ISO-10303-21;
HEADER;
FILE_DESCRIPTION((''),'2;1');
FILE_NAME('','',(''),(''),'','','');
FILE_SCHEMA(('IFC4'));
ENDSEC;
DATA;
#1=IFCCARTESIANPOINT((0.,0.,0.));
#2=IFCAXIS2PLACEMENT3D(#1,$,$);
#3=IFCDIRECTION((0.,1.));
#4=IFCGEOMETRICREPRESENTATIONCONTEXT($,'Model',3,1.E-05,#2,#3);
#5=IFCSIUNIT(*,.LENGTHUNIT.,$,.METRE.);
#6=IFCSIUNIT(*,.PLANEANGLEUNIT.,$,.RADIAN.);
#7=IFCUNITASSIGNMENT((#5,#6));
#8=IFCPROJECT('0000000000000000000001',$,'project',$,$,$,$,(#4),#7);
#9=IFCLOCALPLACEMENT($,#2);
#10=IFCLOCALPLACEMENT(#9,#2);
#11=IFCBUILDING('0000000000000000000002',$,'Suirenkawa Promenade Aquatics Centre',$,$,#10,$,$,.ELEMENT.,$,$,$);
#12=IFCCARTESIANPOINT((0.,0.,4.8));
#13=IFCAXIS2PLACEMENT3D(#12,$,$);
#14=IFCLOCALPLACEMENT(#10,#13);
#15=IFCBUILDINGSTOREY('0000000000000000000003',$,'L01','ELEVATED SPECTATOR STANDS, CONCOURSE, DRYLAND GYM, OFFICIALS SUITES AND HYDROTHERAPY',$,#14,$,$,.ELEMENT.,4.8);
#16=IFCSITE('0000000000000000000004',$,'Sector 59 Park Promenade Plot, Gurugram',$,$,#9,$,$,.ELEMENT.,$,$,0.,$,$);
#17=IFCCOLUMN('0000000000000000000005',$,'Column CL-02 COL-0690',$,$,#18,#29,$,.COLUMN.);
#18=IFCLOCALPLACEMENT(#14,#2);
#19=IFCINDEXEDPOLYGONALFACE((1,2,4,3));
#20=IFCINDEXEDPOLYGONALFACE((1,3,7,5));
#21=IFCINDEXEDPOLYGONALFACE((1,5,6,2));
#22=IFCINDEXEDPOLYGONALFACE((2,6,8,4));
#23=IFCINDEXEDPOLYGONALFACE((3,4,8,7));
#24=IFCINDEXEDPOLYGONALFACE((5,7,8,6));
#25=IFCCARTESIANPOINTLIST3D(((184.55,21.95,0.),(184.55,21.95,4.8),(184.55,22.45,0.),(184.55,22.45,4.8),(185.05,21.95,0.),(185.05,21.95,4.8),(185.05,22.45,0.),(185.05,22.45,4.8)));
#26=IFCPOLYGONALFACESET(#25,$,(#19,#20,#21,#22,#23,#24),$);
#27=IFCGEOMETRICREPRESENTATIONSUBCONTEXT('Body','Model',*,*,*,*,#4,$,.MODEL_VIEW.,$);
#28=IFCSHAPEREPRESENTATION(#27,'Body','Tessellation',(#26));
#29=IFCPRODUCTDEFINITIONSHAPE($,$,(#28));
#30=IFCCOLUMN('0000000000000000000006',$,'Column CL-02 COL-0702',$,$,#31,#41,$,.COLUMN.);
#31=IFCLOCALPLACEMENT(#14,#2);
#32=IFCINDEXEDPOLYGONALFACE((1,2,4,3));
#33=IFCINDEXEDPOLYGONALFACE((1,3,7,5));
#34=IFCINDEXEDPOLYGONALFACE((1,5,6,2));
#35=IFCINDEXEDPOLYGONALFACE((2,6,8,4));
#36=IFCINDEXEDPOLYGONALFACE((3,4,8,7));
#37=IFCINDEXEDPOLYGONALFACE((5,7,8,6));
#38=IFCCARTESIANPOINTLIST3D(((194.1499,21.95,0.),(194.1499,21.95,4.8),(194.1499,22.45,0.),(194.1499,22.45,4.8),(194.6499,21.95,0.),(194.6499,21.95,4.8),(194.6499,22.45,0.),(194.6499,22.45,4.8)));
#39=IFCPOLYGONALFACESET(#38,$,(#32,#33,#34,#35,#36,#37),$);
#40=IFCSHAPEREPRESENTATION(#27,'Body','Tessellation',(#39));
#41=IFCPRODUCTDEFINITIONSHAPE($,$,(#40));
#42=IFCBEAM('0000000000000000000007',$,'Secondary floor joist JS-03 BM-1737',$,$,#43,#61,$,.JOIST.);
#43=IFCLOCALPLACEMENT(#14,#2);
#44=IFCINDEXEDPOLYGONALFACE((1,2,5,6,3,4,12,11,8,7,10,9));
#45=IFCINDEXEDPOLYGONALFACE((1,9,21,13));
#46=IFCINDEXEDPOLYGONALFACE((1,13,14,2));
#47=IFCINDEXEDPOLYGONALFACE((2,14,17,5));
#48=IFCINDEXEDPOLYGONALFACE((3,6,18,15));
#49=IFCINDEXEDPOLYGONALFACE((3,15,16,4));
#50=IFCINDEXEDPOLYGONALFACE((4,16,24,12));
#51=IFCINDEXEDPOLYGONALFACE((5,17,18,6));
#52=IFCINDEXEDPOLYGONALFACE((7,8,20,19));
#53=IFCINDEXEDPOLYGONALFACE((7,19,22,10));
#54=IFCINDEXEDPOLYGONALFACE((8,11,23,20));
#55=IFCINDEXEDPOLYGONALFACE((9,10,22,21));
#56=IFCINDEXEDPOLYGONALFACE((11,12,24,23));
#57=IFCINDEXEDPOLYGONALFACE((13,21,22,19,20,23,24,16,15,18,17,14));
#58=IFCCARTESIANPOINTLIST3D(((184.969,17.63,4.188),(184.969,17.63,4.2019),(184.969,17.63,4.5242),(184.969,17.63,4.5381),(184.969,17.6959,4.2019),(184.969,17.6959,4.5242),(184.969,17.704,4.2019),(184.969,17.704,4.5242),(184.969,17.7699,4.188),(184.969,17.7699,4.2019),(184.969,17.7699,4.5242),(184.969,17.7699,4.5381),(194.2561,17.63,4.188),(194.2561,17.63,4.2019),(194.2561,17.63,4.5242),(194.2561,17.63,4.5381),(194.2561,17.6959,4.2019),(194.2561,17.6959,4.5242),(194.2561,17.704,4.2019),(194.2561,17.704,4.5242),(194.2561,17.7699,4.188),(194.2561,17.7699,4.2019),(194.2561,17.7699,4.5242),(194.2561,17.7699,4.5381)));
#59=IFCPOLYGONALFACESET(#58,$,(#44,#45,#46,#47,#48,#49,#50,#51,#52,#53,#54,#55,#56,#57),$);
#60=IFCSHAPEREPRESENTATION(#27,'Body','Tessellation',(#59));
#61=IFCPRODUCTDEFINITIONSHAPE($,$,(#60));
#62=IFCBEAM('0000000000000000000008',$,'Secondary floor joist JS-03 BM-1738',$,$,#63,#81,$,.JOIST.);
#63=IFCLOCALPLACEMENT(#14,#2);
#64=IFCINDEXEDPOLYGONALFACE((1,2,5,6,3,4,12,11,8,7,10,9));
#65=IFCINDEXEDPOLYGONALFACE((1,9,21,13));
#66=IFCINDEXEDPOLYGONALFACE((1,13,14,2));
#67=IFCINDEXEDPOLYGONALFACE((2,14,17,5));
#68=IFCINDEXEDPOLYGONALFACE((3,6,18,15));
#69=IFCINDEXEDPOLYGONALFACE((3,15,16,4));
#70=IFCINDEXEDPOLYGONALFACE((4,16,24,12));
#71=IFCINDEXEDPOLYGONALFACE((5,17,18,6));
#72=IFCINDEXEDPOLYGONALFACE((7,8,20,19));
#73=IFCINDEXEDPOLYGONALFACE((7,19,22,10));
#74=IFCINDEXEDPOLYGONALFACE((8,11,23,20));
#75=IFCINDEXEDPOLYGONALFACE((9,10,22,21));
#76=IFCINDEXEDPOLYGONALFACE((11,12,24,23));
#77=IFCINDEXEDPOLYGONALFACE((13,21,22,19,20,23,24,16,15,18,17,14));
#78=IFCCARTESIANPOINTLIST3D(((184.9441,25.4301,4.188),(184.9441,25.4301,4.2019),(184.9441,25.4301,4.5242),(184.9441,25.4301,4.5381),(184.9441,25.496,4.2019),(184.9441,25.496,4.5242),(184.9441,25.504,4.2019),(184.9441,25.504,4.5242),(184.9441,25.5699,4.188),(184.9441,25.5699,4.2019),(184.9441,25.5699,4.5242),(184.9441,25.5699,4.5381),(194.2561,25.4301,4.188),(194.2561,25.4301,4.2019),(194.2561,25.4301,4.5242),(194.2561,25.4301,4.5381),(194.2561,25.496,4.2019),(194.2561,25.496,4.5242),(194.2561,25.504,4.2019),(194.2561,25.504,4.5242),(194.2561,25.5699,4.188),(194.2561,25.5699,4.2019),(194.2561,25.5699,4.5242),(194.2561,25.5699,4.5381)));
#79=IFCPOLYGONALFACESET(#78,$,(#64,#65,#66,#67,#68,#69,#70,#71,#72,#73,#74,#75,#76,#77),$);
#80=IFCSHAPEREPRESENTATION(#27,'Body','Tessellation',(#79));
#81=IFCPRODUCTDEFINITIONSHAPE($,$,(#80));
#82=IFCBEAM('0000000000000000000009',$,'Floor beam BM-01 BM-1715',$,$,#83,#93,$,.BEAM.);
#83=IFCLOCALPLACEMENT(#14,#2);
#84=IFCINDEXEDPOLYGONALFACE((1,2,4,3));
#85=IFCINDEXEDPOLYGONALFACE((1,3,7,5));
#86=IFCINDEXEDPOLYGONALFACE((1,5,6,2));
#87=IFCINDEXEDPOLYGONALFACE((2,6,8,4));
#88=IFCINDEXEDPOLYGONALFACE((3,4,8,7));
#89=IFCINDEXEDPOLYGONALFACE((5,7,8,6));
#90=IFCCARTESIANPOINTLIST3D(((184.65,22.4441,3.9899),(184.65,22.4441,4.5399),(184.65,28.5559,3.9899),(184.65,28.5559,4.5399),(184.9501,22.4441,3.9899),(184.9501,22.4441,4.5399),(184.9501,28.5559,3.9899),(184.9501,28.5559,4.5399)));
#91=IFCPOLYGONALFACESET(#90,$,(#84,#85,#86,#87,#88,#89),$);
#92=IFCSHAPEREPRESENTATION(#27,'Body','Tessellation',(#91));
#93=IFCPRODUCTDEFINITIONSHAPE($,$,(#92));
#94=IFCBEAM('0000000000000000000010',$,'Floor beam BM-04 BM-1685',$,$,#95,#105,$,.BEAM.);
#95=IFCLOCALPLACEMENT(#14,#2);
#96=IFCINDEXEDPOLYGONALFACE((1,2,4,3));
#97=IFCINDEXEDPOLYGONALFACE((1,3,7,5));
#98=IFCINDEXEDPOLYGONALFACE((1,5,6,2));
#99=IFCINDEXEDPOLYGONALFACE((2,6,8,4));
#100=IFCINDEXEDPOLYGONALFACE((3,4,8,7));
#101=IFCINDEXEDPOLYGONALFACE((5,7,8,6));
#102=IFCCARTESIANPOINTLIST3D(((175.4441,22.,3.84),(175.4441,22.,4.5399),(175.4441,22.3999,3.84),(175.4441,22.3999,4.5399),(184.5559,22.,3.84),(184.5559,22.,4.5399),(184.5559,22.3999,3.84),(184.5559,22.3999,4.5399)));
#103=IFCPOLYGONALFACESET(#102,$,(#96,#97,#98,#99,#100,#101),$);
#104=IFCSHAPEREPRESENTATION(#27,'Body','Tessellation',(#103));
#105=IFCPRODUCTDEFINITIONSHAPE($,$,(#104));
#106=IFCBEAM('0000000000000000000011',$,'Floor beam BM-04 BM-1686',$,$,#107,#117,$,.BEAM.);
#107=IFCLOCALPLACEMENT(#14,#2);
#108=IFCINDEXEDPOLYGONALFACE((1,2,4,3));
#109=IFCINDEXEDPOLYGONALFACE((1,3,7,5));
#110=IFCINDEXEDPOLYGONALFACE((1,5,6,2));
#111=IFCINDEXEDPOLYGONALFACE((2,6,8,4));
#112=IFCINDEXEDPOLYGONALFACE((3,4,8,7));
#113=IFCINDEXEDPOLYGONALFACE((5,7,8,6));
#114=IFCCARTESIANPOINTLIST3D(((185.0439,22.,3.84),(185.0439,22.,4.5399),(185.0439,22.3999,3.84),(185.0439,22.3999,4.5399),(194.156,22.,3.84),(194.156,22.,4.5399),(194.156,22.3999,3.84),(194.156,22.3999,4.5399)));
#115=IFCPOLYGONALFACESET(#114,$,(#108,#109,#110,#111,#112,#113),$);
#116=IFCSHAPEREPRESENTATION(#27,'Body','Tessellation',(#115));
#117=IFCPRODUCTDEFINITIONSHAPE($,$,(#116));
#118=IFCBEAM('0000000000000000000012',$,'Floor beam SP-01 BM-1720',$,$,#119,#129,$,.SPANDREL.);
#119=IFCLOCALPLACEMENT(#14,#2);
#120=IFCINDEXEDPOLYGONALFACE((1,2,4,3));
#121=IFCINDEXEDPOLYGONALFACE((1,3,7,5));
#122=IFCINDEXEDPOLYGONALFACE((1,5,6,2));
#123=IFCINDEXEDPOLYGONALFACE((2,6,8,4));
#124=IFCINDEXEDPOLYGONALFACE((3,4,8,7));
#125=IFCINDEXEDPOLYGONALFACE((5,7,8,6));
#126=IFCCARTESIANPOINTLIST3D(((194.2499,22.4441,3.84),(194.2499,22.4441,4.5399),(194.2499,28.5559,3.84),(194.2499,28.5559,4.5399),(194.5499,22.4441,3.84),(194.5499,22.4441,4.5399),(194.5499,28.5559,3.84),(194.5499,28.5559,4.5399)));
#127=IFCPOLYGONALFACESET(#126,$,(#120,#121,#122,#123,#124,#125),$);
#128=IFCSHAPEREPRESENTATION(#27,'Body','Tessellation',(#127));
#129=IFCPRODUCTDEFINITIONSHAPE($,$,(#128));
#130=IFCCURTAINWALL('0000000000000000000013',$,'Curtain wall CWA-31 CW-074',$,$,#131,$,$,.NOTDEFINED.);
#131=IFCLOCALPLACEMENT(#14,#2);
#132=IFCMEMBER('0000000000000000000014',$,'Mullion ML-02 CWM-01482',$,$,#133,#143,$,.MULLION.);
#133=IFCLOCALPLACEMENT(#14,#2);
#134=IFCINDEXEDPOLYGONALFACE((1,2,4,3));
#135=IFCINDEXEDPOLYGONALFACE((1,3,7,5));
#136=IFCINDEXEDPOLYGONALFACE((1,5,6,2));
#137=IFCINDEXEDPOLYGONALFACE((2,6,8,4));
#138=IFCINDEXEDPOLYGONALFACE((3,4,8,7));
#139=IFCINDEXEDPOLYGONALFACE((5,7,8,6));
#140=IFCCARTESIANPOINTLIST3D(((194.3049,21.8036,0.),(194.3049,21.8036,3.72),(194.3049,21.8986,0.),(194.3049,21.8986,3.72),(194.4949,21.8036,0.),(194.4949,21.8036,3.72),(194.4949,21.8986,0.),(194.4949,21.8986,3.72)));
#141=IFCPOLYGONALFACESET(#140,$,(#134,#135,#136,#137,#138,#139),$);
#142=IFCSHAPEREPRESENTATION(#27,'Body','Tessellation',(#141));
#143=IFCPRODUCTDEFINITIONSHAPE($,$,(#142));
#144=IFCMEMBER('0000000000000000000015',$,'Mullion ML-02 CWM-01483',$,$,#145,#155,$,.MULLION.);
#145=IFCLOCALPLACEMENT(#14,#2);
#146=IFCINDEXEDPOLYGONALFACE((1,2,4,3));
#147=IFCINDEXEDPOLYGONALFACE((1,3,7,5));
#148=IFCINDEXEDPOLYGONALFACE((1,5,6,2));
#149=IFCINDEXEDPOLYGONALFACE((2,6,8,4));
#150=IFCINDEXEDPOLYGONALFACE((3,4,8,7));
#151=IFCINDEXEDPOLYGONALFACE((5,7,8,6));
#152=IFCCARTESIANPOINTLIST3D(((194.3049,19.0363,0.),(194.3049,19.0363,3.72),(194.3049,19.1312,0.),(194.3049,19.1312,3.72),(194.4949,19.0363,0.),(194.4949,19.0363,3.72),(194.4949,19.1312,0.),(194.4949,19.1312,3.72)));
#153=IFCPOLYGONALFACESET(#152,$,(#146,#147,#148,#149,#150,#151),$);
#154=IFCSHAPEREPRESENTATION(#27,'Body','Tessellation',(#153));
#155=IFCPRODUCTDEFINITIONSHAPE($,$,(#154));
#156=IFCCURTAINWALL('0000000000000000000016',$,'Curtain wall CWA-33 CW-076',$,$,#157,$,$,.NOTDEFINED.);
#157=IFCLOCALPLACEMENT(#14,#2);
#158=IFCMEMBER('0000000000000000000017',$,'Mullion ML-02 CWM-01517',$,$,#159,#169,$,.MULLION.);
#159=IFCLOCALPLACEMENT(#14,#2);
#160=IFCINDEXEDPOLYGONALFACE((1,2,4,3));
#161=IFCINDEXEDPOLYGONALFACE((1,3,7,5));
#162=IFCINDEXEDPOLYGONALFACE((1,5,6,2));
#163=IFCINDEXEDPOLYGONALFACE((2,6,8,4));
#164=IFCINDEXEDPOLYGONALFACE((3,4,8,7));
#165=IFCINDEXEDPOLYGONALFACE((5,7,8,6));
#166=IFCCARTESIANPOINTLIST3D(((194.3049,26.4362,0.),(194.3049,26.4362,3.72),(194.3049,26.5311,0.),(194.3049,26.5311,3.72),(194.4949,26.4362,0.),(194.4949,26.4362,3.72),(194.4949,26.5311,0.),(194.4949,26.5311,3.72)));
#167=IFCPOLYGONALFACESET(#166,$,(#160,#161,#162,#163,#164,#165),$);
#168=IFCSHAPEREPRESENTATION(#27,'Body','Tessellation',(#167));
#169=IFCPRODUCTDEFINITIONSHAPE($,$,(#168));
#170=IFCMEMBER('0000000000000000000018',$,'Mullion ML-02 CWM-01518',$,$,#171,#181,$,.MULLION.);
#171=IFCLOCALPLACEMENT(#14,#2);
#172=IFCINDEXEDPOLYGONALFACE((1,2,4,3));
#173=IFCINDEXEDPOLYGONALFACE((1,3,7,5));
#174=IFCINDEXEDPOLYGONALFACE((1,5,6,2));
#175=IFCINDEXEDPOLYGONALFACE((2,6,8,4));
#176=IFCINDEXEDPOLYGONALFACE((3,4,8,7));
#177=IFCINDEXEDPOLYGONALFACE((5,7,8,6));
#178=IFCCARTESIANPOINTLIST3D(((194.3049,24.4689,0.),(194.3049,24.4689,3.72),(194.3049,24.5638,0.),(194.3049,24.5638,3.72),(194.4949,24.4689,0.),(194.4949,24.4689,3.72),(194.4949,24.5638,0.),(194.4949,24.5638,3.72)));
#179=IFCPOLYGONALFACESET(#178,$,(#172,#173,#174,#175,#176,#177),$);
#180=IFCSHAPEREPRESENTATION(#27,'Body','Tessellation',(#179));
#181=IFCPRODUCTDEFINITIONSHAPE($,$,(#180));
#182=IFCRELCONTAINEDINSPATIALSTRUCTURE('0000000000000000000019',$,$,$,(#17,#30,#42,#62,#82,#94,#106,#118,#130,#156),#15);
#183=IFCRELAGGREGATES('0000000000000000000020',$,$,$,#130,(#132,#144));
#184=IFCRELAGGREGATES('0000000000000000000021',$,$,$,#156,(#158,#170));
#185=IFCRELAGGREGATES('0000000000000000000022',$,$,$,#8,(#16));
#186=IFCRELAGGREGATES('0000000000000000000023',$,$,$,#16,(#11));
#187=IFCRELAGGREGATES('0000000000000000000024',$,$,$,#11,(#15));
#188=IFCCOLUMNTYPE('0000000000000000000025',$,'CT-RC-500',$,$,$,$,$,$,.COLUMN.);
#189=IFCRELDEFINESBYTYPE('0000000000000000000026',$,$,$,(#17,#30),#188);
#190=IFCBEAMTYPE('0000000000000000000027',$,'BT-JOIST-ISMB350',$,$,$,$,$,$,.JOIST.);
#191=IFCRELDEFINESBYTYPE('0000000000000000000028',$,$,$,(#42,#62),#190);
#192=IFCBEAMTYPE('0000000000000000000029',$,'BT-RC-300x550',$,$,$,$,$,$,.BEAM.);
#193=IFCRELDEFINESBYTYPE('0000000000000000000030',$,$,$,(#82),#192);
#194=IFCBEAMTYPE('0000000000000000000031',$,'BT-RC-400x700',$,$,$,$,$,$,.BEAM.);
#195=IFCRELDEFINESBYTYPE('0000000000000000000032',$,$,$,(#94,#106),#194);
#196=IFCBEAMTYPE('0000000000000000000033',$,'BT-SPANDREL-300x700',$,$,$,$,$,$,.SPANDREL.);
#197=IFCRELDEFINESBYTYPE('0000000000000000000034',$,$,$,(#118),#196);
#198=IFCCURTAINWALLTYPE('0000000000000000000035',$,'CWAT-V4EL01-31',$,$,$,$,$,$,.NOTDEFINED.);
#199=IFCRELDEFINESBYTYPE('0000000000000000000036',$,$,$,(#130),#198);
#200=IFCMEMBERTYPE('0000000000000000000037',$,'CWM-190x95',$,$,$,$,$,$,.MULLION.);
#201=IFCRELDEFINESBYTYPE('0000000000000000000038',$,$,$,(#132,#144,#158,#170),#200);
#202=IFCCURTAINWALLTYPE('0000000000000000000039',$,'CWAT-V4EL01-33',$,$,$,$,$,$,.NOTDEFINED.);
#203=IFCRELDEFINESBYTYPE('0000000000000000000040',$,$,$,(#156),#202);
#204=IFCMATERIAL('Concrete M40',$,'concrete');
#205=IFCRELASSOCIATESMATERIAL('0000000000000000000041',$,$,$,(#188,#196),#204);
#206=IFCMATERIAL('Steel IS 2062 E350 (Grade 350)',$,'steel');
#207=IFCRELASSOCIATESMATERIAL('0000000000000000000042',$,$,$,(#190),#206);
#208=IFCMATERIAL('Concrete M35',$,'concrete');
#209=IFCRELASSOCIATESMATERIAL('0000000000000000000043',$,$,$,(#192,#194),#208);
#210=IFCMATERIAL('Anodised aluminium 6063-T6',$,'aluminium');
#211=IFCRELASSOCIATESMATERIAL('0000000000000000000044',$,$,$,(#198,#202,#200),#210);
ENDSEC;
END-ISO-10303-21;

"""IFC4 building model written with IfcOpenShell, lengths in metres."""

from ifc_helpers import new_model, si_unit, direction, frame, origin, origin_2d, place, context, subcontext, project, spatial, rectangle, i_section, extrude, material, material_profile, profile_set, type_object, element, aggregate, save


model = new_model("IFC4")

# Units and contexts
model_context = context("Model", 3, precision=1e-05, world=origin(), true_north=direction((0.0, 1.0)))
body_context = subcontext(model_context, "Body", "Model", "MODEL_VIEW")
ifc_project = project(units=[si_unit("LENGTHUNIT", "METRE"), si_unit("PLANEANGLEUNIT", "RADIAN")], contexts=[model_context])

# Site, building, storey
site_placement = place(None, origin())
site = spatial("IfcSite", under=ifc_project, at=site_placement, Name="Sector 59 Park Promenade Plot, Gurugram", CompositionType="ELEMENT", RefElevation=0.0)
building_placement = place(site_placement, origin())
building = spatial("IfcBuilding", under=site, at=building_placement, Name="Suirenkawa Promenade Aquatics Centre", CompositionType="ELEMENT")
storey_placement = place(building_placement, frame((0.0, 0.0, 4.8)))
storey = spatial("IfcBuildingStorey", under=building, at=storey_placement, Name="L01", Description="ELEVATED SPECTATOR STANDS, CONCOURSE, DRYLAND GYM, OFFICIALS SUITES AND HYDROTHERAPY", CompositionType="ELEMENT", Elevation=4.8)

# Columns
ifc_material_1 = material(Name="Concrete M40", Category="concrete")
ifc_material_profile_1 = material_profile(ifc_material_1, rectangle(XDim=0.5, YDim=0.5, at=origin_2d()), Name="RC COL 500x500", Category="concrete")
ifc_profile_set_1 = profile_set([ifc_material_profile_1], Name="Concrete M40")
column_type = type_object("IfcColumnType", Name="CT-RC-500", PredefinedType="COLUMN", material=ifc_profile_set_1)
for number, where, z_axis, x_axis, name in (
    (1, (184.8, 22.2, 0.0), (0.0, 0.0, 1.0), (1.0, 0.0, 0.0), "Column CL-02 COL-0690"),
    (2, (194.3999, 22.2, 0.0), (0.0, 0.0, 1.0), (1.0, 0.0, 0.0), "Column CL-02 COL-0702"),
):
    element("IfcColumn", number, at=place(storey_placement, frame(where, z_axis=z_axis, x_axis=x_axis)), inside=storey, type_object=column_type, Name=name, PredefinedType="COLUMN", context=body_context, shape_type="SweptSolid", body=[
        extrude(rectangle(XDim=0.5, YDim=0.5, at=origin_2d()), origin(), (0.0, 0.0, 1.0), 4.8),
    ])

# Beams
ifc_material_2 = material(Name="Steel IS 2062 E350 (Grade 350)", Category="steel")
ifc_material_profile_2 = material_profile(ifc_material_2, i_section(OverallWidth=0.1399, OverallDepth=0.3501, WebThickness=0.0081, FlangeThickness=0.0139, at=origin_2d()), Name="ISMB 350", Category="steel")
ifc_profile_set_2 = profile_set([ifc_material_profile_2], Name="Steel IS 2062 E350 (Grade 350)")
beam_type_1 = type_object("IfcBeamType", Name="BT-JOIST-ISMB350", PredefinedType="JOIST", material=ifc_profile_set_2)
beam_1_placement = place(storey_placement, frame((184.969, 17.7, 4.363), z_axis=(1.0, 0.0, 0.0), x_axis=(0.0, 1.0, 0.0)))
element("IfcBeam", 3, at=beam_1_placement, inside=storey, type_object=beam_type_1, Name="Secondary floor joist JS-03 BM-1737", PredefinedType="JOIST", context=body_context, shape_type="SweptSolid", body=[
    extrude(i_section(OverallWidth=0.1399, OverallDepth=0.3501, WebThickness=0.0081, FlangeThickness=0.0139, at=origin_2d()), origin(), (0.0, 0.0, 1.0), 9.2871),
])
beam_2_placement = place(storey_placement, frame((184.9441, 25.5, 4.363), z_axis=(1.0, 0.0, 0.0), x_axis=(0.0, 1.0, 0.0)))
element("IfcBeam", 4, at=beam_2_placement, inside=storey, type_object=beam_type_1, Name="Secondary floor joist JS-03 BM-1738", PredefinedType="JOIST", context=body_context, shape_type="SweptSolid", body=[
    extrude(i_section(OverallWidth=0.1399, OverallDepth=0.3501, WebThickness=0.0081, FlangeThickness=0.0139, at=origin_2d()), origin(), (0.0, 0.0, 1.0), 9.312),
])
ifc_material_3 = material(Name="Concrete M35", Category="concrete")
ifc_material_profile_3 = material_profile(ifc_material_3, rectangle(XDim=0.3, YDim=0.55, at=origin_2d()), Name="RC BM 300x550", Category="concrete")
ifc_profile_set_3 = profile_set([ifc_material_profile_3], Name="Concrete M35")
beam_type_2 = type_object("IfcBeamType", Name="BT-RC-300x550", PredefinedType="BEAM", material=ifc_profile_set_3)
beam_3_placement = place(storey_placement, frame((184.8, 22.4441, 4.2649), z_axis=(0.0, 1.0, 0.0), x_axis=(-1.0, 0.0, 0.0)))
element("IfcBeam", 5, at=beam_3_placement, inside=storey, type_object=beam_type_2, Name="Floor beam BM-01 BM-1715", PredefinedType="BEAM", context=body_context, shape_type="SweptSolid", body=[
    extrude(rectangle(XDim=0.3, YDim=0.55, at=origin_2d()), origin(), (0.0, 0.0, 1.0), 6.1118),
])
ifc_material_profile_4 = material_profile(ifc_material_3, rectangle(XDim=0.3999, YDim=0.7, at=origin_2d()), Name="RC BM 400x700", Category="concrete")
ifc_profile_set_4 = profile_set([ifc_material_profile_4], Name="Concrete M35")
beam_type_3 = type_object("IfcBeamType", Name="BT-RC-400x700", PredefinedType="BEAM", material=ifc_profile_set_4)
beam_4_placement = place(storey_placement, frame((175.4441, 22.2, 4.1899), z_axis=(1.0, 0.0, 0.0), x_axis=(0.0, 1.0, 0.0)))
element("IfcBeam", 6, at=beam_4_placement, inside=storey, type_object=beam_type_3, Name="Floor beam BM-04 BM-1685", PredefinedType="BEAM", context=body_context, shape_type="SweptSolid", body=[
    extrude(rectangle(XDim=0.3999, YDim=0.7, at=origin_2d()), origin(), (0.0, 0.0, 1.0), 9.1118),
])
beam_5_placement = place(storey_placement, frame((185.0439, 22.2, 4.1899), z_axis=(1.0, 0.0, 0.0), x_axis=(0.0, 1.0, 0.0)))
element("IfcBeam", 7, at=beam_5_placement, inside=storey, type_object=beam_type_3, Name="Floor beam BM-04 BM-1686", PredefinedType="BEAM", context=body_context, shape_type="SweptSolid", body=[
    extrude(rectangle(XDim=0.3999, YDim=0.7, at=origin_2d()), origin(), (0.0, 0.0, 1.0), 9.1121),
])
ifc_material_profile_5 = material_profile(ifc_material_1, rectangle(XDim=0.3, YDim=0.7, at=origin_2d()), Name="RC SPANDREL 300x700", Category="concrete")
ifc_profile_set_5 = profile_set([ifc_material_profile_5], Name="Concrete M40")
beam_type_4 = type_object("IfcBeamType", Name="BT-SPANDREL-300x700", PredefinedType="SPANDREL", material=ifc_profile_set_5)
beam_6_placement = place(storey_placement, frame((194.3999, 22.4441, 4.1899), z_axis=(0.0, 1.0, 0.0), x_axis=(-1.0, 0.0, 0.0)))
element("IfcBeam", 8, at=beam_6_placement, inside=storey, type_object=beam_type_4, Name="Floor beam SP-01 BM-1720", PredefinedType="SPANDREL", context=body_context, shape_type="SweptSolid", body=[
    extrude(rectangle(XDim=0.3, YDim=0.7, at=origin_2d()), origin(), (0.0, 0.0, 1.0), 6.1118),
])

# Curtain walls, members
ifc_material_4 = material(Name="Anodised aluminium 6063-T6", Category="aluminium")
curtain_wall_type_1 = type_object("IfcCurtainWallType", Name="CWAT-V4EL01-31", PredefinedType="NOTDEFINED", material=ifc_material_4)
curtain_wall_1_placement = place(storey_placement, origin())
curtain_wall_1 = element("IfcCurtainWall", 9, at=curtain_wall_1_placement, inside=storey, type_object=curtain_wall_type_1, Name="Curtain wall CWA-31 CW-074", PredefinedType="NOTDEFINED")
ifc_material_profile_6 = material_profile(ifc_material_4, rectangle(XDim=0.095, YDim=0.1899, at=origin_2d()), Name="ALU MULL 95x190", Category="aluminium")
ifc_profile_set_6 = profile_set([ifc_material_profile_6], Name="Anodised aluminium 6063-T6")
member_type_1 = type_object("IfcMemberType", Name="CWM-190x95", PredefinedType="MULLION", material=ifc_profile_set_6)
member_1_placement = place(storey_placement, frame((194.3999, 21.8511, 0.0), z_axis=(0.0, 0.0, 1.0), x_axis=(0.0, -1.0, 0.0)))
member_1 = element("IfcMember", 10, at=member_1_placement, type_object=member_type_1, Name="Mullion ML-02 CWM-01482", PredefinedType="MULLION", context=body_context, shape_type="SweptSolid", body=[
    extrude(rectangle(XDim=0.095, YDim=0.1899, at=origin_2d()), origin(), (0.0, 0.0, 1.0), 3.72),
])
member_2_placement = place(storey_placement, frame((194.3999, 19.0837, 0.0), z_axis=(0.0, 0.0, 1.0), x_axis=(0.0, -1.0, 0.0)))
member_2 = element("IfcMember", 11, at=member_2_placement, type_object=member_type_1, Name="Mullion ML-02 CWM-01483", PredefinedType="MULLION", context=body_context, shape_type="SweptSolid", body=[
    extrude(rectangle(XDim=0.095, YDim=0.1899, at=origin_2d()), origin(), (0.0, 0.0, 1.0), 3.72),
])
curtain_wall_type_2 = type_object("IfcCurtainWallType", Name="CWAT-V4EL01-33", PredefinedType="NOTDEFINED", material=ifc_material_4)
curtain_wall_2_placement = place(storey_placement, origin())
curtain_wall_2 = element("IfcCurtainWall", 12, at=curtain_wall_2_placement, inside=storey, type_object=curtain_wall_type_2, Name="Curtain wall CWA-33 CW-076", PredefinedType="NOTDEFINED")
member_3_placement = place(storey_placement, frame((194.3999, 26.4836, 0.0), z_axis=(0.0, 0.0, 1.0), x_axis=(0.0, -1.0, 0.0)))
member_3 = element("IfcMember", 13, at=member_3_placement, type_object=member_type_1, Name="Mullion ML-02 CWM-01517", PredefinedType="MULLION", context=body_context, shape_type="SweptSolid", body=[
    extrude(rectangle(XDim=0.095, YDim=0.1899, at=origin_2d()), origin(), (0.0, 0.0, 1.0), 3.72),
])
member_4_placement = place(storey_placement, frame((194.3999, 24.5164, 0.0), z_axis=(0.0, 0.0, 1.0), x_axis=(0.0, -1.0, 0.0)))
member_4 = element("IfcMember", 14, at=member_4_placement, type_object=member_type_1, Name="Mullion ML-02 CWM-01518", PredefinedType="MULLION", context=body_context, shape_type="SweptSolid", body=[
    extrude(rectangle(XDim=0.095, YDim=0.1899, at=origin_2d()), origin(), (0.0, 0.0, 1.0), 3.72),
])

aggregate(curtain_wall_1, [member_1, member_2])
aggregate(curtain_wall_2, [member_3, member_4])

save(model, "model.ifc")
